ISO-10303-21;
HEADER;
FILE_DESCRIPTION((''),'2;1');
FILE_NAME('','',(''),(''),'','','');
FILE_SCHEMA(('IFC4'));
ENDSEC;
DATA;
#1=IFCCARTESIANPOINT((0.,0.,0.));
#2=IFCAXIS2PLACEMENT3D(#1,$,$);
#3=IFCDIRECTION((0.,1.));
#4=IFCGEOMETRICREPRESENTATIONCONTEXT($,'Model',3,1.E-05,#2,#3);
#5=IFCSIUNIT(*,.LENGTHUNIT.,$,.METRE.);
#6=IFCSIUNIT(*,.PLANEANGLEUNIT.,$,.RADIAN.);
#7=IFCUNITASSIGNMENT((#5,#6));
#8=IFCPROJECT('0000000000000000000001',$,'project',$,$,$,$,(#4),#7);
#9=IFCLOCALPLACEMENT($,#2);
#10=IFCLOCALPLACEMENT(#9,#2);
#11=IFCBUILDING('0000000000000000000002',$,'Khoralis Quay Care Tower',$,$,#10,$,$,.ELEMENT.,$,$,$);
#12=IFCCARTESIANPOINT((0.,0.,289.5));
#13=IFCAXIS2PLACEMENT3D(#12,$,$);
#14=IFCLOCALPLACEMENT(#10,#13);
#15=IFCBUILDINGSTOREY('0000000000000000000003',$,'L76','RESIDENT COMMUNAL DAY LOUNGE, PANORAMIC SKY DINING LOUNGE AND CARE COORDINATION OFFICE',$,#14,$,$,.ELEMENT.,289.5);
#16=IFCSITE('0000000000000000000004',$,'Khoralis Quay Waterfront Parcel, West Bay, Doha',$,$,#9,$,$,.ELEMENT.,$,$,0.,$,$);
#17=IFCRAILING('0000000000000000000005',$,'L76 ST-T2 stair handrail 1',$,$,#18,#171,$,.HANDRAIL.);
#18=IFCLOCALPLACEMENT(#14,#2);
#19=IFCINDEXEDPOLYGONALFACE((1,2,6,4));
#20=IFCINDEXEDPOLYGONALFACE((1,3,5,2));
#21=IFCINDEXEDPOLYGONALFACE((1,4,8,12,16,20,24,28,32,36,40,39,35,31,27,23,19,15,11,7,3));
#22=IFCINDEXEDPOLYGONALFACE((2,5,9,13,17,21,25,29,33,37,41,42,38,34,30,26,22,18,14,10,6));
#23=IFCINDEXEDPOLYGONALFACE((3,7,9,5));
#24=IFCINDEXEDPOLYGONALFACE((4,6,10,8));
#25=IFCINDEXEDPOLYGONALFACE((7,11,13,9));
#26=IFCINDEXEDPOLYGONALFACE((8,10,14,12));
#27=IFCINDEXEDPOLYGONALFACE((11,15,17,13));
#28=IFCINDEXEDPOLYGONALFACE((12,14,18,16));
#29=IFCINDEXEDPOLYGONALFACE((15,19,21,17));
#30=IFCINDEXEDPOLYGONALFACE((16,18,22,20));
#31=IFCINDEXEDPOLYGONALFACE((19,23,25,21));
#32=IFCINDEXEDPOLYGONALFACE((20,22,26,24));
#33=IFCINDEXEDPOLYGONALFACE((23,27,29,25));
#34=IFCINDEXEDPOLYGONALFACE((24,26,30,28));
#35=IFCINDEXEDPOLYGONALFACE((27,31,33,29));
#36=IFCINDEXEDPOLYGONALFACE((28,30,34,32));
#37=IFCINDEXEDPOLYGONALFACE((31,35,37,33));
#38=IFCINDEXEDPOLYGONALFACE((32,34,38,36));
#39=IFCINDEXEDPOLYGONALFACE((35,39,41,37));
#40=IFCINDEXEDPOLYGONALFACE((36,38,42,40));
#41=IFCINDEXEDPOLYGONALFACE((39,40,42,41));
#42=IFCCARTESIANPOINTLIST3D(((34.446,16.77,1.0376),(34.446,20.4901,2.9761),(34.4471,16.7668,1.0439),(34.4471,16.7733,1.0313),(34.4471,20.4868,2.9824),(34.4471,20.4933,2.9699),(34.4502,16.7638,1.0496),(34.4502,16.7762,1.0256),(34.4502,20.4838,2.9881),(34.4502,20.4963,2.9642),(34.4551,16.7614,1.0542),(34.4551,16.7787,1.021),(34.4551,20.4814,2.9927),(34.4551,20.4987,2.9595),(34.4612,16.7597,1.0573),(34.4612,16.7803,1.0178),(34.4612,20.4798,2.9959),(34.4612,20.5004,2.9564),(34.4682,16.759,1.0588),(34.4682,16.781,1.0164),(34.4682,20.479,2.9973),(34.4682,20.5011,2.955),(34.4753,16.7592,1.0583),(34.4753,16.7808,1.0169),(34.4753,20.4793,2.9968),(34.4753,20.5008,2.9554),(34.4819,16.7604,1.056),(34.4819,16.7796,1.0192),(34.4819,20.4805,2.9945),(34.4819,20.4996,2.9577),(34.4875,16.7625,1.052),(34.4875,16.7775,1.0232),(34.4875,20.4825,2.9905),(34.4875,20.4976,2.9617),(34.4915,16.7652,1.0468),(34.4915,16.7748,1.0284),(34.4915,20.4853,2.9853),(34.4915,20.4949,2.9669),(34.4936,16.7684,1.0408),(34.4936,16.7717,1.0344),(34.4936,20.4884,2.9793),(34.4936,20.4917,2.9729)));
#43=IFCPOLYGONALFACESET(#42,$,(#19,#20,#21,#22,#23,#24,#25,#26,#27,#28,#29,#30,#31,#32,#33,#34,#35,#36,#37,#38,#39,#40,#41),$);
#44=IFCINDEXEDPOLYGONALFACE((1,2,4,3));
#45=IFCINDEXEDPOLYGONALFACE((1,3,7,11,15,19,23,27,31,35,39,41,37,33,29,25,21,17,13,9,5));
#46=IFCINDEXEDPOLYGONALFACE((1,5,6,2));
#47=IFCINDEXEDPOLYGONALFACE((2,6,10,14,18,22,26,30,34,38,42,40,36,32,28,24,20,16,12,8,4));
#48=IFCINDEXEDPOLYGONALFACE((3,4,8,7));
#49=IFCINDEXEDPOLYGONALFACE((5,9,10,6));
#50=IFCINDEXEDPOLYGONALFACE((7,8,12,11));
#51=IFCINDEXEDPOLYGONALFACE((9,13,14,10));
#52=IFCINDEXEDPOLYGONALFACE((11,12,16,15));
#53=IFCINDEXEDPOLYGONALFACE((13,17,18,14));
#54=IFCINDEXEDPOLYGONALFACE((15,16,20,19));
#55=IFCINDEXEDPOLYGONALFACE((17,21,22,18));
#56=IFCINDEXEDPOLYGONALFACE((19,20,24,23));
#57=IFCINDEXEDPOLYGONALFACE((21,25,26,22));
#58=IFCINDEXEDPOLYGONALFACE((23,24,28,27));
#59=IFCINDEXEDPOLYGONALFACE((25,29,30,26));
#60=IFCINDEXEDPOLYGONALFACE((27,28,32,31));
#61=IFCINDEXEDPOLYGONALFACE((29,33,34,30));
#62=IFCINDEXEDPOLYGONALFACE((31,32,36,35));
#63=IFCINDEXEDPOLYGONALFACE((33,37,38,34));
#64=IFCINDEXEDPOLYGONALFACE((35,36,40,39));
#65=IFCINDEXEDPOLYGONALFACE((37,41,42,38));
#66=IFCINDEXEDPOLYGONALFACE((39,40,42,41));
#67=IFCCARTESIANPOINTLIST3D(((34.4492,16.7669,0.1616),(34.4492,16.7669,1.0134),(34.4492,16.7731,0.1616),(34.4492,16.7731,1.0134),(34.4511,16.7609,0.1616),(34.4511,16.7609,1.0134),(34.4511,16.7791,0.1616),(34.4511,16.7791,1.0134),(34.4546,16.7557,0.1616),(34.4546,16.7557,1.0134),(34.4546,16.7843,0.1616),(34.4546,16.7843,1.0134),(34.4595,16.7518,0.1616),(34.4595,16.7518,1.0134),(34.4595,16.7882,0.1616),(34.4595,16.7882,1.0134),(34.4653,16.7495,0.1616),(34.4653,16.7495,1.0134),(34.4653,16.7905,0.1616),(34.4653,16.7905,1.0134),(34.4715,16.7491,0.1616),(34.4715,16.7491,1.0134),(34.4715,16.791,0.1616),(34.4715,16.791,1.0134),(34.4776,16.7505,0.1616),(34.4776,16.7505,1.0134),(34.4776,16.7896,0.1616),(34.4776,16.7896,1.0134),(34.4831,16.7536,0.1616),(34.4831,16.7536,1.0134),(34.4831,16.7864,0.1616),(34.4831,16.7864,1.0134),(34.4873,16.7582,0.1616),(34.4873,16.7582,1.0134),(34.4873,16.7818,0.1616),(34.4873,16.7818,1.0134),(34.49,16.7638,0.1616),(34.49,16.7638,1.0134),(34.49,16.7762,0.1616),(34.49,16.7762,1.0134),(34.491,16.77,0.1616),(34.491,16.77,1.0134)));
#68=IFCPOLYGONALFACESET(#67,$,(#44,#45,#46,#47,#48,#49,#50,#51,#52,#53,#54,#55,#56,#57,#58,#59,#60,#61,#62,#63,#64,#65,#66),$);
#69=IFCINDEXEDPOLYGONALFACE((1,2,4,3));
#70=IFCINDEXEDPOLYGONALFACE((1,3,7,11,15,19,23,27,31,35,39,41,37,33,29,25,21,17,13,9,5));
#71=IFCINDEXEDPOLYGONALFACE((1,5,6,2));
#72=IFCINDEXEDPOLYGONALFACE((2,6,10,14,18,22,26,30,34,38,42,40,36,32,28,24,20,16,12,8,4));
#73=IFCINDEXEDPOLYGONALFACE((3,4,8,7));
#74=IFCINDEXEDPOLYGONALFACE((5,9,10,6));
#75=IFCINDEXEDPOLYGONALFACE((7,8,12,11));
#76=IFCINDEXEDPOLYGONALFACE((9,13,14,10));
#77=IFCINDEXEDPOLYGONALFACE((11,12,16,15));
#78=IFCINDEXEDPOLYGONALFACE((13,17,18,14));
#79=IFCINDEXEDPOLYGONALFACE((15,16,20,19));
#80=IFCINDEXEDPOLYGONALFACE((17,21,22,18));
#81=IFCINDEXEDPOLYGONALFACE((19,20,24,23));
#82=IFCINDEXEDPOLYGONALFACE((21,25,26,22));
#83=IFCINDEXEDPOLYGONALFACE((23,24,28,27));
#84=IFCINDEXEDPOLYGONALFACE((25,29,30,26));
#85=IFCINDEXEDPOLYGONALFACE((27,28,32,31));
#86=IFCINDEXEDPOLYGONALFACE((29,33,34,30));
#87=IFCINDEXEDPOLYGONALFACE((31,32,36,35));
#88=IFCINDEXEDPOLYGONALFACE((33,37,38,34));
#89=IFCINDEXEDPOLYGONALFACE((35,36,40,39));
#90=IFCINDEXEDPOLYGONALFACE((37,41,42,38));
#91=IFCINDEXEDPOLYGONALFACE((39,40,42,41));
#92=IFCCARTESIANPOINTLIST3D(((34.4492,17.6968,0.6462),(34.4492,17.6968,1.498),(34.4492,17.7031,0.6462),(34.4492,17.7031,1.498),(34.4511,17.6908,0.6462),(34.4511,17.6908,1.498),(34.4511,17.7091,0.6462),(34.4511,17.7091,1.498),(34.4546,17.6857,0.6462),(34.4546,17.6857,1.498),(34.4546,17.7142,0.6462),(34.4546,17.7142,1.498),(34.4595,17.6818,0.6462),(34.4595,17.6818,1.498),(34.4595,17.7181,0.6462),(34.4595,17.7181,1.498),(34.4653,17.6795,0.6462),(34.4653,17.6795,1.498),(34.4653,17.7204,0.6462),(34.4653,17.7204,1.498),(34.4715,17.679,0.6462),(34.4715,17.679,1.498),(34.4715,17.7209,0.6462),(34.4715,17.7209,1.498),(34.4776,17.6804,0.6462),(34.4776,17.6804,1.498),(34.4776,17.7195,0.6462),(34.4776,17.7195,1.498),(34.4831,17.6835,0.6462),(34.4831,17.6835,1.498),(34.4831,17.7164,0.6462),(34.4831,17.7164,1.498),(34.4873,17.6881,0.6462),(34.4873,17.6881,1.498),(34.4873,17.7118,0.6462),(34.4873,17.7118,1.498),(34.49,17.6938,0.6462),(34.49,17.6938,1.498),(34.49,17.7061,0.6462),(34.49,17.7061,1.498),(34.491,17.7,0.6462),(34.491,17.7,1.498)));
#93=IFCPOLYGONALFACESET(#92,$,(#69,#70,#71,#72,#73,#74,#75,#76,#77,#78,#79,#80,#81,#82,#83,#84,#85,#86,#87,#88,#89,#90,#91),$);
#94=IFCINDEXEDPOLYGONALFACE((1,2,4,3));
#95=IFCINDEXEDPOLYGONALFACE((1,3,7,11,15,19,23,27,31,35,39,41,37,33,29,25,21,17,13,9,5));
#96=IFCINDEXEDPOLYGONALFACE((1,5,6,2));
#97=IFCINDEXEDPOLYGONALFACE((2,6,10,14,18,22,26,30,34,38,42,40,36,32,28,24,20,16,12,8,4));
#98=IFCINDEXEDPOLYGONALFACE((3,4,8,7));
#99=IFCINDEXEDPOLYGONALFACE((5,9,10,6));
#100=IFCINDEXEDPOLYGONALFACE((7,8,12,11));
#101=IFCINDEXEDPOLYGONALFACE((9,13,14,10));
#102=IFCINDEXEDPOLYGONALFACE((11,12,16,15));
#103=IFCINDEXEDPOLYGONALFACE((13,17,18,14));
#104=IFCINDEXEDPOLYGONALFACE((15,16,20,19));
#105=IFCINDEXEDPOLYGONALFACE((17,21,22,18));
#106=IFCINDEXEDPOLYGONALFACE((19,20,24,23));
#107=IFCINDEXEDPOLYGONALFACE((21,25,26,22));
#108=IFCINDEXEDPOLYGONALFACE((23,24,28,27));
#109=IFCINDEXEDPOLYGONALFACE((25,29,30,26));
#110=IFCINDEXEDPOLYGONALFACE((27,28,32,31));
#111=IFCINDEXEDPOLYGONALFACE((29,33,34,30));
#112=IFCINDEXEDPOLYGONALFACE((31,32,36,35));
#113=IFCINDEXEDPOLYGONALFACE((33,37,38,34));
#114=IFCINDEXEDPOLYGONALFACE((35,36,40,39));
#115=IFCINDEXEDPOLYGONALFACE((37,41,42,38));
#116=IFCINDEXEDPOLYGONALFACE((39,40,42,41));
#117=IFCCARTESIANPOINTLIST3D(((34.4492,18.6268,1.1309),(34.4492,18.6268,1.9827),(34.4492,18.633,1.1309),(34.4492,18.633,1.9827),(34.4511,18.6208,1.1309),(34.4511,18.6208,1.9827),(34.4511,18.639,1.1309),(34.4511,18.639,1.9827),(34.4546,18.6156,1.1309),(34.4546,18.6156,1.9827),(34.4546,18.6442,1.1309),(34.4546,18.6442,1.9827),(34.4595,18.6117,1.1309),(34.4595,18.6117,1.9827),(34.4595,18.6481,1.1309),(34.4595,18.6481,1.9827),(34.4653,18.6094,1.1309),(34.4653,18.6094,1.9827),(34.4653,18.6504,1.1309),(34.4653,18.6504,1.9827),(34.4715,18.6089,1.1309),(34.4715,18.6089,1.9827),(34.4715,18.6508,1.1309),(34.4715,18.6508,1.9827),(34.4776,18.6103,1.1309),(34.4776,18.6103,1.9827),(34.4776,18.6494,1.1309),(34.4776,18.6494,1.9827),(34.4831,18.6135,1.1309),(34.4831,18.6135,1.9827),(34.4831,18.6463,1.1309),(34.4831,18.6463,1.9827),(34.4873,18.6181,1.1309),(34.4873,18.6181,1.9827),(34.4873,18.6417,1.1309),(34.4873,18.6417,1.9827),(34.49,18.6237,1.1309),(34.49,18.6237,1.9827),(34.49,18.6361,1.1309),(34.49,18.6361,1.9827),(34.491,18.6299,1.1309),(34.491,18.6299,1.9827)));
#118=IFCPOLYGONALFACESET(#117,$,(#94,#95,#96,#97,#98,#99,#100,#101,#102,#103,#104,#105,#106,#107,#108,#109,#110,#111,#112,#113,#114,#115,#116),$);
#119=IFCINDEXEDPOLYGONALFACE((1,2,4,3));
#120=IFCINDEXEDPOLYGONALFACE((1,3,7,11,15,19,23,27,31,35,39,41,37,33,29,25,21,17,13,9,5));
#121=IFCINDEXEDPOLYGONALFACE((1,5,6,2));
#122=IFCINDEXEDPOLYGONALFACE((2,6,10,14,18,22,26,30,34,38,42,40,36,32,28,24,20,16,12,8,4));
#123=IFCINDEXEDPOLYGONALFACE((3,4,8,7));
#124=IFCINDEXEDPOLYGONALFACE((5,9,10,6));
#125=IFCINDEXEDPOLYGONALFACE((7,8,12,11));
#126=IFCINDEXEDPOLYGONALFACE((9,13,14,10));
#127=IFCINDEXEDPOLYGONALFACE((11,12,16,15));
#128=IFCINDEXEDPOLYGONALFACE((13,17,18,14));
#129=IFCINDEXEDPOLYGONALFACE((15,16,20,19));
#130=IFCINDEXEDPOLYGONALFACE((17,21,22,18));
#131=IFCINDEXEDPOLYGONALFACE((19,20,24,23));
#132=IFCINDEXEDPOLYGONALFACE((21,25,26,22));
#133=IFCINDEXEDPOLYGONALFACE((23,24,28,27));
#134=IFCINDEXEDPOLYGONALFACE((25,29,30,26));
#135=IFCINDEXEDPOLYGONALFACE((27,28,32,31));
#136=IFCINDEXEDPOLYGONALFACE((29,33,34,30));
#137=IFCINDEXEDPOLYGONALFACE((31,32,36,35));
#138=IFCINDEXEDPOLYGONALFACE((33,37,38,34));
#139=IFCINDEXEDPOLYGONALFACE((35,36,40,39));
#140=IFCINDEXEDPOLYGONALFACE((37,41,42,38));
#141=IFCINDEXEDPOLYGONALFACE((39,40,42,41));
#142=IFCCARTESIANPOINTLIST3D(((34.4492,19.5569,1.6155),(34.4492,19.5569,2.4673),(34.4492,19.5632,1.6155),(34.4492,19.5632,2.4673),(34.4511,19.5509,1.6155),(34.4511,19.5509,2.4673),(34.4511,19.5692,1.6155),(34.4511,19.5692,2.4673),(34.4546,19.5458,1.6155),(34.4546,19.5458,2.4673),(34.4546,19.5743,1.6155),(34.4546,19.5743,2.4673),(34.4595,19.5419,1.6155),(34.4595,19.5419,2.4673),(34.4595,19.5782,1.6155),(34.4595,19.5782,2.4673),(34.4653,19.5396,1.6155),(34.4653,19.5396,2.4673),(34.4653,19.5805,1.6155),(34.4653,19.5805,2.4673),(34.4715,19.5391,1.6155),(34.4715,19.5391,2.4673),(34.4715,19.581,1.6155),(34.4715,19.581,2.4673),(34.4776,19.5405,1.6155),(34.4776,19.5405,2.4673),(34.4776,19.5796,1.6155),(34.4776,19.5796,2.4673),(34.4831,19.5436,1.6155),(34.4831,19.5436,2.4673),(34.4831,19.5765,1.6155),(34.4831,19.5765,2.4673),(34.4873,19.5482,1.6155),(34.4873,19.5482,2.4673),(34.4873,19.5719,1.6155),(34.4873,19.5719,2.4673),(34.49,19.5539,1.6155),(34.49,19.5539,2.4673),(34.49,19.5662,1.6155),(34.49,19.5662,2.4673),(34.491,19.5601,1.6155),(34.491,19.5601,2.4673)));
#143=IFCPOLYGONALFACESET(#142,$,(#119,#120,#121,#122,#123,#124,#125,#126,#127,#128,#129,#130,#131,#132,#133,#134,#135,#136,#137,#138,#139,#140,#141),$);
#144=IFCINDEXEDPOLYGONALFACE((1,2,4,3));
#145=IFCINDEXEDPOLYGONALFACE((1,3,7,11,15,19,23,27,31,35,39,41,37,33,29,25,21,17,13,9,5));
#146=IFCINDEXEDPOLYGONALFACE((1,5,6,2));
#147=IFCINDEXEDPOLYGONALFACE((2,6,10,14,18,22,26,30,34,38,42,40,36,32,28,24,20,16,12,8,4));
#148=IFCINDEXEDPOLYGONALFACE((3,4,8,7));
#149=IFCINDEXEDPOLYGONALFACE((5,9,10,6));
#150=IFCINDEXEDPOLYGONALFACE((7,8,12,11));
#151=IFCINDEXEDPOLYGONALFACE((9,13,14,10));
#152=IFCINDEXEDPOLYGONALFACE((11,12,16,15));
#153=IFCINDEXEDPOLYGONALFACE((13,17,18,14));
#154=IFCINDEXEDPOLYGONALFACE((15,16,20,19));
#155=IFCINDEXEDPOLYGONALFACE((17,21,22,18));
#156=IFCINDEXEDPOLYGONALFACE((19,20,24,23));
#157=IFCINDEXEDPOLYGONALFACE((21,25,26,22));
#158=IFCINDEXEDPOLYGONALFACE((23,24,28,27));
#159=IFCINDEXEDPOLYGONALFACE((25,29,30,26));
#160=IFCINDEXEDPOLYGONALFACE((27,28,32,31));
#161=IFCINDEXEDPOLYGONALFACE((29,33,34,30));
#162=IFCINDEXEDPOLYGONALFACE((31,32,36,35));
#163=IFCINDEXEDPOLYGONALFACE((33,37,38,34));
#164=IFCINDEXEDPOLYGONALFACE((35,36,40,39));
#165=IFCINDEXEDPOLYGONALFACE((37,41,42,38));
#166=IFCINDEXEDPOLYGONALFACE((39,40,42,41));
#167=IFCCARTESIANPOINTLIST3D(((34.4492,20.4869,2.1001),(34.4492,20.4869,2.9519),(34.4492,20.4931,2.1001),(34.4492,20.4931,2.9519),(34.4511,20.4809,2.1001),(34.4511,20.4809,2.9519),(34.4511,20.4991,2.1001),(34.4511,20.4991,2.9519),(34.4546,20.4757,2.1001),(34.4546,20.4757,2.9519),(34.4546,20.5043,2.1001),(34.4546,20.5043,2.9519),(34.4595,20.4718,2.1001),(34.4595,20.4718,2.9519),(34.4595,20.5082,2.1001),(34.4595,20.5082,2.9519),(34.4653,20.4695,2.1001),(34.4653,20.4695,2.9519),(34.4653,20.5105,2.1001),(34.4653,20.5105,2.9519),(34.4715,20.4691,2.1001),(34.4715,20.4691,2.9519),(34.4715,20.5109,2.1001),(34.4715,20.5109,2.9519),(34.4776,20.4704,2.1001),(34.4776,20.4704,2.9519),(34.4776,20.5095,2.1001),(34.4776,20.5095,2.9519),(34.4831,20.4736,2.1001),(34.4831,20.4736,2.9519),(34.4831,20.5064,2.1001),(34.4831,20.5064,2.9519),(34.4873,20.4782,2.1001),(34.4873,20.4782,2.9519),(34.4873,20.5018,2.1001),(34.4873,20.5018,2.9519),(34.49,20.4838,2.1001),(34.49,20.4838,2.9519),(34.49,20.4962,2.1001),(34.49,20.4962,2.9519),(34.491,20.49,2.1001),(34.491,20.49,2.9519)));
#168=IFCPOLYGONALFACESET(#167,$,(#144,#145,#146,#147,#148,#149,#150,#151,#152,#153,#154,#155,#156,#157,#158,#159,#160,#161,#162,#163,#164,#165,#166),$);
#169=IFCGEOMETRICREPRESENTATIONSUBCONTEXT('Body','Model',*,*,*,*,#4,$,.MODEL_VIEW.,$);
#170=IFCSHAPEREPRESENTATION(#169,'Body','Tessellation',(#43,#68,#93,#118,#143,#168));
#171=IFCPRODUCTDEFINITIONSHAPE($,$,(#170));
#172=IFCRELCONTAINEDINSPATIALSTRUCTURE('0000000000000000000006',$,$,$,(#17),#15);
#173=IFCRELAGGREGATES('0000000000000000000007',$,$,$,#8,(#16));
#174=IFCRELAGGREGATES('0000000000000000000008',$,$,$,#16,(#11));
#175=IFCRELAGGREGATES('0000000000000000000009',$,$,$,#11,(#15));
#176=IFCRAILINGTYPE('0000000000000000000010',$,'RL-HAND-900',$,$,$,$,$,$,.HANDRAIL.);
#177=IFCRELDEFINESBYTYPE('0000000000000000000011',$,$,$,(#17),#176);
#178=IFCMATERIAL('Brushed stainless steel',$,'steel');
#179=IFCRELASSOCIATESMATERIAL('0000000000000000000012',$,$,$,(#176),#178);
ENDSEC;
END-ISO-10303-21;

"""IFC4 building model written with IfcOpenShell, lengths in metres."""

from ifc_helpers import new_model, si_unit, direction, frame, origin, origin_2d, place, context, subcontext, project, spatial, circle, extrude, material, type_object, element, save


model = new_model("IFC4")

# Units and contexts
model_context = context("Model", 3, precision=1e-05, world=origin(), true_north=direction((0.0, 1.0)))
body_context = subcontext(model_context, "Body", "Model", "MODEL_VIEW")
ifc_project = project(units=[si_unit("LENGTHUNIT", "METRE"), si_unit("PLANEANGLEUNIT", "RADIAN")], contexts=[model_context])

# Site, building, storey
site_placement = place(None, origin())
site = spatial("IfcSite", under=ifc_project, at=site_placement, Name="Khoralis Quay Waterfront Parcel, West Bay, Doha", CompositionType="ELEMENT", RefElevation=0.0)
building_placement = place(site_placement, origin())
building = spatial("IfcBuilding", under=site, at=building_placement, Name="Khoralis Quay Care Tower", CompositionType="ELEMENT")
storey_placement = place(building_placement, frame((0.0, 0.0, 289.5)))
storey = spatial("IfcBuildingStorey", under=building, at=storey_placement, Name="L76", Description="RESIDENT COMMUNAL DAY LOUNGE, PANORAMIC SKY DINING LOUNGE AND CARE COORDINATION OFFICE", CompositionType="ELEMENT", Elevation=289.5)

# Railing
ifc_material_1 = material(Name="Brushed stainless steel", Category="steel")
railing_type_1 = type_object("IfcRailingType", Name="RL-HAND-900", PredefinedType="HANDRAIL", material=ifc_material_1)
railing_1_placement = place(storey_placement, frame((34.47, 16.77, 0.1616)))
element("IfcRailing", 1, at=railing_1_placement, inside=storey, type_object=railing_type_1, Name="L76 ST-T2 stair handrail 1", PredefinedType="HANDRAIL", context=body_context, shape_type="SweptSolid", body=[
    extrude(circle(Radius=0.0239, at=origin_2d()), frame((0.0, 0.0, 0.876), z_axis=(0.0, 0.886817, 0.46212), x_axis=(-1.0, 0.0, 0.0)), (0.0, 0.0, 1.0), 4.1948),
    extrude(circle(Radius=0.021, at=origin_2d()), origin(), (0.0, 0.0, 1.0), 0.8518),
    extrude(circle(Radius=0.021, at=origin_2d()), frame((0.0, 0.9299, 0.4846)), (0.0, 0.0, 1.0), 0.8518),
    extrude(circle(Radius=0.021, at=origin_2d()), frame((0.0, 1.8599, 0.9692)), (0.0, 0.0, 1.0), 0.8518),
    extrude(circle(Radius=0.021, at=origin_2d()), frame((0.0, 2.79, 1.4539)), (0.0, 0.0, 1.0), 0.8518),
    extrude(circle(Radius=0.021, at=origin_2d()), frame((0.0, 3.72, 1.9385)), (0.0, 0.0, 1.0), 0.8518),
])

save(model, "model.ifc")
